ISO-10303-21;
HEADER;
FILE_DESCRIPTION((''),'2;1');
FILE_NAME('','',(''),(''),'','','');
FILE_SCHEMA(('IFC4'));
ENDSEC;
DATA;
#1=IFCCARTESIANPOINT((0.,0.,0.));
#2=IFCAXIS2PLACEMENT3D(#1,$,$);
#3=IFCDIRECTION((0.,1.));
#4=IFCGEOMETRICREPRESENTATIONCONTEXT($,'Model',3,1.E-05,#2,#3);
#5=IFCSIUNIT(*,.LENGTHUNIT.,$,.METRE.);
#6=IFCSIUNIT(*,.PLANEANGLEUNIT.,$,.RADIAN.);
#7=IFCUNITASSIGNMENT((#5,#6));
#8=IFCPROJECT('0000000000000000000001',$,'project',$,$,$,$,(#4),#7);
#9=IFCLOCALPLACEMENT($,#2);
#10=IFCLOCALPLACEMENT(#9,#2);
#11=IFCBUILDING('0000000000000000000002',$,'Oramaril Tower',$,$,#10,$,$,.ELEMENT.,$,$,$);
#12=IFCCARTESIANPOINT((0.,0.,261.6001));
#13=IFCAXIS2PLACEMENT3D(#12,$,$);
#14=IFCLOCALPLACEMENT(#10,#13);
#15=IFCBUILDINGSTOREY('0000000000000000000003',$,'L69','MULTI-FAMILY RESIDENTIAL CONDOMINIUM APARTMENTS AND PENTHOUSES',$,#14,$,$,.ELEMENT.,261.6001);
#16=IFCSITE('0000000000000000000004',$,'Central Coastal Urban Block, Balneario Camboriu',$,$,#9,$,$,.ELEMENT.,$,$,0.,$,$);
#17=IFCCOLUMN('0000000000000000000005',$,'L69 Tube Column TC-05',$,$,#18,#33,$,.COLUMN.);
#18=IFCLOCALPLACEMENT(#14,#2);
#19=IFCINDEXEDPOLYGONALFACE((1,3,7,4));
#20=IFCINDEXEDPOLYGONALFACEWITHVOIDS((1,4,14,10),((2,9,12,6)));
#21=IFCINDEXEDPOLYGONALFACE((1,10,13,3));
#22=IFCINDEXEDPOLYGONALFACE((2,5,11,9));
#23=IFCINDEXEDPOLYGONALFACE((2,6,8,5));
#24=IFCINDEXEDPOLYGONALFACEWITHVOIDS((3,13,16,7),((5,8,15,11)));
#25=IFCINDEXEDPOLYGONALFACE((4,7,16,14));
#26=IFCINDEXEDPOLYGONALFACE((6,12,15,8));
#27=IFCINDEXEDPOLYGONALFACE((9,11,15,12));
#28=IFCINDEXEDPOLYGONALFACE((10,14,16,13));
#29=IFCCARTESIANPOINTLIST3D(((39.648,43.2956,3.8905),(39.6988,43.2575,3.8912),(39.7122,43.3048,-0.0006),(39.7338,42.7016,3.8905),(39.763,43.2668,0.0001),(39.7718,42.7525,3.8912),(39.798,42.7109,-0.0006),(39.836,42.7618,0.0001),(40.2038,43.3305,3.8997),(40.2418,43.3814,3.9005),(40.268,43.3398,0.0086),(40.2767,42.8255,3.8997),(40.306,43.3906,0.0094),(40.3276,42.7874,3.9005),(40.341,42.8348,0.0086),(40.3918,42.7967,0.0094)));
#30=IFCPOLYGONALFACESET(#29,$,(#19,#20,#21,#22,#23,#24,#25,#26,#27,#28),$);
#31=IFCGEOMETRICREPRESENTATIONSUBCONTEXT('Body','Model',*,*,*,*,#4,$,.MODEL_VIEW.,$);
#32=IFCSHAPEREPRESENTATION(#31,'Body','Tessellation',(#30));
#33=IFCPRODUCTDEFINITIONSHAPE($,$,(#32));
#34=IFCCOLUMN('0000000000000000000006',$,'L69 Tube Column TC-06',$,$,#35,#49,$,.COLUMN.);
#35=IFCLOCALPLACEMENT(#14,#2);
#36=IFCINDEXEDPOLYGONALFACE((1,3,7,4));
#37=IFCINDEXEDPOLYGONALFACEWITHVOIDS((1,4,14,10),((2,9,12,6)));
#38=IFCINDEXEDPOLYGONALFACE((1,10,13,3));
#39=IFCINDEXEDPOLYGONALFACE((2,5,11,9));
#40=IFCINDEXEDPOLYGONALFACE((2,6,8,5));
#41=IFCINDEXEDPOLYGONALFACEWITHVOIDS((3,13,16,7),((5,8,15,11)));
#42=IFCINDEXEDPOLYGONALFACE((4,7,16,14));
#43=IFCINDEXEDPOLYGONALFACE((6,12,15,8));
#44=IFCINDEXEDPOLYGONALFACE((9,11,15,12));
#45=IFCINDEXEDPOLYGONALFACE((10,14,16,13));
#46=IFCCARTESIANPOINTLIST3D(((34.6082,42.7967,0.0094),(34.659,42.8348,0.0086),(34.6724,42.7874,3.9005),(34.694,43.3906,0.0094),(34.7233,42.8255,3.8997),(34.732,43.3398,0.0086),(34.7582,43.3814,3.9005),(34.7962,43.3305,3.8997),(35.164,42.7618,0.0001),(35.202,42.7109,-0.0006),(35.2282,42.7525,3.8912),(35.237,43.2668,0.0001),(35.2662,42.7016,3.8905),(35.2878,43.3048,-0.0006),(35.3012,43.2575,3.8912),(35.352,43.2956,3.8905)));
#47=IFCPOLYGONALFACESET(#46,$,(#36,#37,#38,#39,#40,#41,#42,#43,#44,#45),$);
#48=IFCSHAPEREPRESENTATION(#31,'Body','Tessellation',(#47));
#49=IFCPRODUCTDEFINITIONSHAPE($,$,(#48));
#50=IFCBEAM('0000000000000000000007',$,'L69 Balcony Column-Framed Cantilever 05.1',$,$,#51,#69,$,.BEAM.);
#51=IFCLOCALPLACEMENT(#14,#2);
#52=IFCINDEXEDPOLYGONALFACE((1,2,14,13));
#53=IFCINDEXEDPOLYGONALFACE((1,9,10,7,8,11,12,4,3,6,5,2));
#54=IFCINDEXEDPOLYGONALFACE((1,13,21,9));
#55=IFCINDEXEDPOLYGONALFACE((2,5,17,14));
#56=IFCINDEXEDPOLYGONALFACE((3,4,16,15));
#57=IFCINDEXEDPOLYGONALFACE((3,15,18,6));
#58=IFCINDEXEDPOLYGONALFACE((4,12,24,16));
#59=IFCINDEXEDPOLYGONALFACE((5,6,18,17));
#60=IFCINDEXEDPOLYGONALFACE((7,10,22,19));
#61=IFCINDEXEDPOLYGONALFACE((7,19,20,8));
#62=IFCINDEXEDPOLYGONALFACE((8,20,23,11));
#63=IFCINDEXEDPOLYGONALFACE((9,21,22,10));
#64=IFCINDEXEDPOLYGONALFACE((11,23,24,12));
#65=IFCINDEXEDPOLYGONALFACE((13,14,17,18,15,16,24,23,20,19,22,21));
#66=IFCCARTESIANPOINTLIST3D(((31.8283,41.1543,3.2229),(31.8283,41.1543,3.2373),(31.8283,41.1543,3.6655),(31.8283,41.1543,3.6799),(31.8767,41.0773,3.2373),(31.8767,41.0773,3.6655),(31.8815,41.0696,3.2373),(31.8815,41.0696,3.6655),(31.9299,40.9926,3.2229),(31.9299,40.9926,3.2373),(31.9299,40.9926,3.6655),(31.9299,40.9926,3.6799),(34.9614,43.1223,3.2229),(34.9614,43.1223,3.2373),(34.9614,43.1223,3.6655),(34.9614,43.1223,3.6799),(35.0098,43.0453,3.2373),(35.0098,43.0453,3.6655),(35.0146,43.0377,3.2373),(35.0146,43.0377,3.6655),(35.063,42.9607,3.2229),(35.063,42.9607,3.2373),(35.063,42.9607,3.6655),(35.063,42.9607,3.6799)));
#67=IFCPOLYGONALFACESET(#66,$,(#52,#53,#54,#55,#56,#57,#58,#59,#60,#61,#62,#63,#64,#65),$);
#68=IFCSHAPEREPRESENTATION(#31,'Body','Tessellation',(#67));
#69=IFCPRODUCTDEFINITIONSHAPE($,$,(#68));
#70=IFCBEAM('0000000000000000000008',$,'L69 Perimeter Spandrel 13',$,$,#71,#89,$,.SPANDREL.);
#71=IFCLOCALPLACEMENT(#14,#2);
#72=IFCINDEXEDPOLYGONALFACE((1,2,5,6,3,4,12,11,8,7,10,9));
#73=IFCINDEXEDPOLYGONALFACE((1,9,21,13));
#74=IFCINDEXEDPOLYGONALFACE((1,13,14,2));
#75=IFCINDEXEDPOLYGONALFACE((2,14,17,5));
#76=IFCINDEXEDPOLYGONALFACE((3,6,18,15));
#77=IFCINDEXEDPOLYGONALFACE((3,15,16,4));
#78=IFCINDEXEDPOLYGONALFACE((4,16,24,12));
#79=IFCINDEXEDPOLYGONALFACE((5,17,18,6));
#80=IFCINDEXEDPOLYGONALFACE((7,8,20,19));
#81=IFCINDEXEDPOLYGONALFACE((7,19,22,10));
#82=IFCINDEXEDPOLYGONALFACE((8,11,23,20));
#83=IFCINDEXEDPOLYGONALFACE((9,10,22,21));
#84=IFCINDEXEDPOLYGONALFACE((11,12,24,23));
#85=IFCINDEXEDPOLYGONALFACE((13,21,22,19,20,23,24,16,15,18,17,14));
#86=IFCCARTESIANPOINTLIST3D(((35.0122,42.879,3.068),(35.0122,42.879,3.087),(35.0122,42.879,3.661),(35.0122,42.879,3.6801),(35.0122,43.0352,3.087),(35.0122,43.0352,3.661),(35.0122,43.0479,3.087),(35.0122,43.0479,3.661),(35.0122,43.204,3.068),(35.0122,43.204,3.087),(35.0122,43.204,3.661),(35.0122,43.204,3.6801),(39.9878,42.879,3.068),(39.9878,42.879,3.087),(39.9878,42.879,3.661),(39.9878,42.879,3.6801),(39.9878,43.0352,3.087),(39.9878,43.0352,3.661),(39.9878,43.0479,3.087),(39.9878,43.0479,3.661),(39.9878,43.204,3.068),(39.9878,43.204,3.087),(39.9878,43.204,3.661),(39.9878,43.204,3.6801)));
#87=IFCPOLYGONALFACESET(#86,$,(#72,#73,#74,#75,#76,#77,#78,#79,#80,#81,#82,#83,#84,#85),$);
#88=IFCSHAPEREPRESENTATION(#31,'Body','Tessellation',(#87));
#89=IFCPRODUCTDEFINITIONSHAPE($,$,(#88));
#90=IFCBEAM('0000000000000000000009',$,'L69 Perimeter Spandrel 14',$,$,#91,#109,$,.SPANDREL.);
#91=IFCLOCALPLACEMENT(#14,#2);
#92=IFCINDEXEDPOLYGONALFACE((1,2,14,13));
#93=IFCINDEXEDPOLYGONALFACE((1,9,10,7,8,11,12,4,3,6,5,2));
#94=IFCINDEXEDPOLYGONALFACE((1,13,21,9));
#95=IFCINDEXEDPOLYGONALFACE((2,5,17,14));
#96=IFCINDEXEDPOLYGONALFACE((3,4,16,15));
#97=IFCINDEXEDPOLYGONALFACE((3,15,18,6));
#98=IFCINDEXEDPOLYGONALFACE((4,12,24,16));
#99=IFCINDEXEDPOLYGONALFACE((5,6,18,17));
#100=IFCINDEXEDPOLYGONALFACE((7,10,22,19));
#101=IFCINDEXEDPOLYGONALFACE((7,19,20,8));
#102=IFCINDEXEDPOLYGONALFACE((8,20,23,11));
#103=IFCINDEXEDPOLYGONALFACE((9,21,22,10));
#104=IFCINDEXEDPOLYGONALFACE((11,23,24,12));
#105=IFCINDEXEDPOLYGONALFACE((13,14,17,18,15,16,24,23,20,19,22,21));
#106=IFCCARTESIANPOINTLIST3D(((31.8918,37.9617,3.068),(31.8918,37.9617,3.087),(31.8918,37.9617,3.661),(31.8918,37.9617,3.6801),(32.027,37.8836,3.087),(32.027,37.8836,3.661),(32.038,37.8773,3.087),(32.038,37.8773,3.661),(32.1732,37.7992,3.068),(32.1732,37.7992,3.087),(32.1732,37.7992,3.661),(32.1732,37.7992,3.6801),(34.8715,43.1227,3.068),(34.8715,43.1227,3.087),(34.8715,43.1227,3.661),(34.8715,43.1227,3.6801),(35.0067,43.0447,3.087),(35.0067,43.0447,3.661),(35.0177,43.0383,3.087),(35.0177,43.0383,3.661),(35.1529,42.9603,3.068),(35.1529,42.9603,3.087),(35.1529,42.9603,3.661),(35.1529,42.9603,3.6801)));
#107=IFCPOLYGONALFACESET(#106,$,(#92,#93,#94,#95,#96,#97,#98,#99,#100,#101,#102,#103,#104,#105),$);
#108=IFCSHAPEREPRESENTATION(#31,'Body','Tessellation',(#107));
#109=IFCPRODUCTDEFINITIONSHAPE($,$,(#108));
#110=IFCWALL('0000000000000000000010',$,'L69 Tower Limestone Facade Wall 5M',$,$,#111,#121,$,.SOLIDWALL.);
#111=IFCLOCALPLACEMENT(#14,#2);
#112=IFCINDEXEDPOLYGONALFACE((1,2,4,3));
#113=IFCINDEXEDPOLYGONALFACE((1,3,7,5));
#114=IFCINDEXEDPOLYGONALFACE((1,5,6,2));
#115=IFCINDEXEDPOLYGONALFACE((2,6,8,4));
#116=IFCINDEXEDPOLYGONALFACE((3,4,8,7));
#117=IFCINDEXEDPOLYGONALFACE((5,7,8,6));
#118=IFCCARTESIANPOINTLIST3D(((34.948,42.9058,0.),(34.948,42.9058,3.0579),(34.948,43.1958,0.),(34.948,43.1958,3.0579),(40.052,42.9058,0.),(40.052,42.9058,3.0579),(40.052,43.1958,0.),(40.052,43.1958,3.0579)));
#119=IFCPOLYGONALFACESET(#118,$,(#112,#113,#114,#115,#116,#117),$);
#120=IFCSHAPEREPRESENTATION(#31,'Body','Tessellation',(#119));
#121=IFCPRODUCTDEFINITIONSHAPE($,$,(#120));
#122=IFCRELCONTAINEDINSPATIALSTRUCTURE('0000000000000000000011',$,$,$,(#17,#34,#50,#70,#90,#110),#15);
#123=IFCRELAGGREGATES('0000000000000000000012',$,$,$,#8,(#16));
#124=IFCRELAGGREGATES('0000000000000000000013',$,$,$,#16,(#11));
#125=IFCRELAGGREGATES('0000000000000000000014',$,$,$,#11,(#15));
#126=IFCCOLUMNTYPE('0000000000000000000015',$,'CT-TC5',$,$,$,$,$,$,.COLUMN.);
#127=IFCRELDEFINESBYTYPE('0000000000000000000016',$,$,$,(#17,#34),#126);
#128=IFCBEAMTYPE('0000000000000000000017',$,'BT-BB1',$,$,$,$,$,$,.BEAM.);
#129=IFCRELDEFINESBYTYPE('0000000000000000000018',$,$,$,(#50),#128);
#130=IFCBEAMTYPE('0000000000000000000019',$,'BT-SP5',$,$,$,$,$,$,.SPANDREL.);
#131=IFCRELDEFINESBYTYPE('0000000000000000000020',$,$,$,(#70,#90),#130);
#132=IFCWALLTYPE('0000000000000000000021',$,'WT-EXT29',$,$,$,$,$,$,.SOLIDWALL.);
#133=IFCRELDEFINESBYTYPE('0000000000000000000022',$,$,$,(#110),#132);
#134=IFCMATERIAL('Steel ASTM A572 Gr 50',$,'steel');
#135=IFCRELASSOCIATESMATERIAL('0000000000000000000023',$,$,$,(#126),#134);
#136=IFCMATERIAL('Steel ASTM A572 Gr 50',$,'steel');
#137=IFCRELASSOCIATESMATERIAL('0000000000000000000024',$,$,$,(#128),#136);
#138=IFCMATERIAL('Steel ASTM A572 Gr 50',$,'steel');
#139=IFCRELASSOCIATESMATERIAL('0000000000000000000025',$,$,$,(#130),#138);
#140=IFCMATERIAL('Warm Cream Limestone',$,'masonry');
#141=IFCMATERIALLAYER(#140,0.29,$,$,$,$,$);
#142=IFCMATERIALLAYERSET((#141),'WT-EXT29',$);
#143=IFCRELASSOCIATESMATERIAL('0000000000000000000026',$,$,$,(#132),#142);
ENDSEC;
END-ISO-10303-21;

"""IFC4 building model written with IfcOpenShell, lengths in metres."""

from ifc_helpers import new_model, si_unit, direction, frame, frame_2d, origin, origin_2d, place, context, subcontext, project, spatial, rectangle, hollow_rectangle, i_section, extrude, material, layer, layer_set, material_profile, profile_set, type_object, element, save


model = new_model("IFC4")

# Units and contexts
model_context = context("Model", 3, precision=1e-05, world=origin(), true_north=direction((0.0, 1.0)))
body_context = subcontext(model_context, "Body", "Model", "MODEL_VIEW")
ifc_project = project(units=[si_unit("LENGTHUNIT", "METRE"), si_unit("PLANEANGLEUNIT", "RADIAN")], contexts=[model_context])

# Site, building, storey
site_placement = place(None, origin())
site = spatial("IfcSite", under=ifc_project, at=site_placement, Name="Central Coastal Urban Block, Balneario Camboriu", CompositionType="ELEMENT", RefElevation=0.0)
building_placement = place(site_placement, origin())
building = spatial("IfcBuilding", under=site, at=building_placement, Name="Oramaril Tower", CompositionType="ELEMENT")
storey_placement = place(building_placement, frame((0.0, 0.0, 261.6001)))
storey = spatial("IfcBuildingStorey", under=building, at=storey_placement, Name="L69", Description="MULTI-FAMILY RESIDENTIAL CONDOMINIUM APARTMENTS AND PENTHOUSES", CompositionType="ELEMENT", Elevation=261.6001)

# Columns
ifc_material_1 = material(Name="Steel ASTM A572 Gr 50", Category="steel")
ifc_material_profile_1 = material_profile(ifc_material_1, hollow_rectangle(XDim=0.6001, YDim=0.6001, WallThickness=0.0449, at=origin_2d()), Name="BOX600X600X45")
ifc_profile_set_1 = profile_set([ifc_material_profile_1], Name="Steel ASTM A572 Gr 50")
column_type = type_object("IfcColumnType", Name="CT-TC5", PredefinedType="COLUMN", material=ifc_profile_set_1)
for number, where, z_axis, x_axis, name in (
    (1, (40.052, 43.0508, 0.0044), (-0.016499, -0.002384, 0.999861), (0.143002, -0.989722, 0.0), "L69 Tube Column TC-05"),
    (2, (34.948, 43.0508, 0.0044), (0.016499, -0.002384, 0.999861), (0.143002, 0.989722, 0.0), "L69 Tube Column TC-06"),
):
    element("IfcColumn", number, at=place(storey_placement, frame(where, z_axis=z_axis, x_axis=x_axis)), inside=storey, type_object=column_type, Name=name, PredefinedType="COLUMN", context=body_context, shape_type="SweptSolid", body=[
        extrude(hollow_rectangle(XDim=0.6001, YDim=0.6001, WallThickness=0.0449, at=origin_2d()), origin(), (0.0, 0.0, 1.0), 3.8916),
    ])

# Beams
ifc_material_2 = material(Name="Steel ASTM A572 Gr 50", Category="steel")
ifc_material_profile_2 = material_profile(ifc_material_2, i_section(OverallWidth=0.1909, OverallDepth=0.457, WebThickness=0.009, FlangeThickness=0.0144, at=origin_2d()), Name="W18X50")
ifc_profile_set_2 = profile_set([ifc_material_profile_2], Name="Steel ASTM A572 Gr 50")
beam_type_1 = type_object("IfcBeamType", Name="BT-BB1", PredefinedType="BEAM", material=ifc_profile_set_2)
beam_1_placement = place(storey_placement, frame((35.0122, 43.0415, 3.4514), z_axis=(-0.846799, -0.531913, 0.0), x_axis=(0.531913, -0.846799, 0.0)))
element("IfcBeam", 3, at=beam_1_placement, inside=storey, type_object=beam_type_1, Name="L69 Balcony Column-Framed Cantilever 05.1", PredefinedType="BEAM", context=body_context, shape_type="SweptSolid", body=[
    extrude(i_section(OverallWidth=0.1909, OverallDepth=0.457, WebThickness=0.009, FlangeThickness=0.0144, at=origin_2d()), origin(), (0.0, 0.0, 1.0), 3.7),
])
ifc_material_3 = material(Name="Steel ASTM A572 Gr 50", Category="steel")
ifc_material_profile_3 = material_profile(ifc_material_3, i_section(OverallWidth=0.325, OverallDepth=0.6121, WebThickness=0.0127, FlangeThickness=0.019, at=origin_2d()), Name="W24X104")
ifc_profile_set_3 = profile_set([ifc_material_profile_3], Name="Steel ASTM A572 Gr 50")
beam_type_2 = type_object("IfcBeamType", Name="BT-SP5", PredefinedType="SPANDREL", material=ifc_profile_set_3)
beam_2_placement = place(storey_placement, frame((39.9878, 43.0415, 3.374), z_axis=(-1.0, 0.0, 0.0), x_axis=(0.0, -1.0, 0.0)))
element("IfcBeam", 4, at=beam_2_placement, inside=storey, type_object=beam_type_2, Name="L69 Perimeter Spandrel 13", PredefinedType="SPANDREL", context=body_context, shape_type="SweptSolid", body=[
    extrude(i_section(OverallWidth=0.325, OverallDepth=0.6121, WebThickness=0.0127, FlangeThickness=0.019, at=origin_2d()), origin(), (0.0, 0.0, 1.0), 4.9756),
])
beam_3_placement = place(storey_placement, frame((35.0122, 43.0415, 3.374), z_axis=(-0.499994, -0.866029, 0.0), x_axis=(0.866029, -0.499994, 0.0)))
element("IfcBeam", 5, at=beam_3_placement, inside=storey, type_object=beam_type_2, Name="L69 Perimeter Spandrel 14", PredefinedType="SPANDREL", context=body_context, shape_type="SweptSolid", body=[
    extrude(i_section(OverallWidth=0.325, OverallDepth=0.6121, WebThickness=0.0127, FlangeThickness=0.019, at=origin_2d()), origin(), (0.0, 0.0, 1.0), 5.9595),
])

# Wall
ifc_material_4 = material(Name="Warm Cream Limestone", Category="masonry")
ifc_layer_1 = layer(ifc_material_4, 0.29)
ifc_layer_set_1 = layer_set([ifc_layer_1], Name="WT-EXT29")
wall_type_1 = type_object("IfcWallType", Name="WT-EXT29", PredefinedType="SOLIDWALL", material=ifc_layer_set_1)
wall_1_placement = place(storey_placement, frame((40.052, 43.0508, 0.0), z_axis=(0.0, 0.0, 1.0), x_axis=(-1.0, 0.0, 0.0)))
element("IfcWall", 6, at=wall_1_placement, inside=storey, type_object=wall_type_1, Name="L69 Tower Limestone Facade Wall 5M", PredefinedType="SOLIDWALL", context=body_context, shape_type="SweptSolid", body=[
    extrude(rectangle(XDim=5.104, YDim=0.29, at=frame_2d((2.552, 0.0))), origin(), (0.0, 0.0, 1.0), 3.0579),
])

save(model, "model.ifc")
